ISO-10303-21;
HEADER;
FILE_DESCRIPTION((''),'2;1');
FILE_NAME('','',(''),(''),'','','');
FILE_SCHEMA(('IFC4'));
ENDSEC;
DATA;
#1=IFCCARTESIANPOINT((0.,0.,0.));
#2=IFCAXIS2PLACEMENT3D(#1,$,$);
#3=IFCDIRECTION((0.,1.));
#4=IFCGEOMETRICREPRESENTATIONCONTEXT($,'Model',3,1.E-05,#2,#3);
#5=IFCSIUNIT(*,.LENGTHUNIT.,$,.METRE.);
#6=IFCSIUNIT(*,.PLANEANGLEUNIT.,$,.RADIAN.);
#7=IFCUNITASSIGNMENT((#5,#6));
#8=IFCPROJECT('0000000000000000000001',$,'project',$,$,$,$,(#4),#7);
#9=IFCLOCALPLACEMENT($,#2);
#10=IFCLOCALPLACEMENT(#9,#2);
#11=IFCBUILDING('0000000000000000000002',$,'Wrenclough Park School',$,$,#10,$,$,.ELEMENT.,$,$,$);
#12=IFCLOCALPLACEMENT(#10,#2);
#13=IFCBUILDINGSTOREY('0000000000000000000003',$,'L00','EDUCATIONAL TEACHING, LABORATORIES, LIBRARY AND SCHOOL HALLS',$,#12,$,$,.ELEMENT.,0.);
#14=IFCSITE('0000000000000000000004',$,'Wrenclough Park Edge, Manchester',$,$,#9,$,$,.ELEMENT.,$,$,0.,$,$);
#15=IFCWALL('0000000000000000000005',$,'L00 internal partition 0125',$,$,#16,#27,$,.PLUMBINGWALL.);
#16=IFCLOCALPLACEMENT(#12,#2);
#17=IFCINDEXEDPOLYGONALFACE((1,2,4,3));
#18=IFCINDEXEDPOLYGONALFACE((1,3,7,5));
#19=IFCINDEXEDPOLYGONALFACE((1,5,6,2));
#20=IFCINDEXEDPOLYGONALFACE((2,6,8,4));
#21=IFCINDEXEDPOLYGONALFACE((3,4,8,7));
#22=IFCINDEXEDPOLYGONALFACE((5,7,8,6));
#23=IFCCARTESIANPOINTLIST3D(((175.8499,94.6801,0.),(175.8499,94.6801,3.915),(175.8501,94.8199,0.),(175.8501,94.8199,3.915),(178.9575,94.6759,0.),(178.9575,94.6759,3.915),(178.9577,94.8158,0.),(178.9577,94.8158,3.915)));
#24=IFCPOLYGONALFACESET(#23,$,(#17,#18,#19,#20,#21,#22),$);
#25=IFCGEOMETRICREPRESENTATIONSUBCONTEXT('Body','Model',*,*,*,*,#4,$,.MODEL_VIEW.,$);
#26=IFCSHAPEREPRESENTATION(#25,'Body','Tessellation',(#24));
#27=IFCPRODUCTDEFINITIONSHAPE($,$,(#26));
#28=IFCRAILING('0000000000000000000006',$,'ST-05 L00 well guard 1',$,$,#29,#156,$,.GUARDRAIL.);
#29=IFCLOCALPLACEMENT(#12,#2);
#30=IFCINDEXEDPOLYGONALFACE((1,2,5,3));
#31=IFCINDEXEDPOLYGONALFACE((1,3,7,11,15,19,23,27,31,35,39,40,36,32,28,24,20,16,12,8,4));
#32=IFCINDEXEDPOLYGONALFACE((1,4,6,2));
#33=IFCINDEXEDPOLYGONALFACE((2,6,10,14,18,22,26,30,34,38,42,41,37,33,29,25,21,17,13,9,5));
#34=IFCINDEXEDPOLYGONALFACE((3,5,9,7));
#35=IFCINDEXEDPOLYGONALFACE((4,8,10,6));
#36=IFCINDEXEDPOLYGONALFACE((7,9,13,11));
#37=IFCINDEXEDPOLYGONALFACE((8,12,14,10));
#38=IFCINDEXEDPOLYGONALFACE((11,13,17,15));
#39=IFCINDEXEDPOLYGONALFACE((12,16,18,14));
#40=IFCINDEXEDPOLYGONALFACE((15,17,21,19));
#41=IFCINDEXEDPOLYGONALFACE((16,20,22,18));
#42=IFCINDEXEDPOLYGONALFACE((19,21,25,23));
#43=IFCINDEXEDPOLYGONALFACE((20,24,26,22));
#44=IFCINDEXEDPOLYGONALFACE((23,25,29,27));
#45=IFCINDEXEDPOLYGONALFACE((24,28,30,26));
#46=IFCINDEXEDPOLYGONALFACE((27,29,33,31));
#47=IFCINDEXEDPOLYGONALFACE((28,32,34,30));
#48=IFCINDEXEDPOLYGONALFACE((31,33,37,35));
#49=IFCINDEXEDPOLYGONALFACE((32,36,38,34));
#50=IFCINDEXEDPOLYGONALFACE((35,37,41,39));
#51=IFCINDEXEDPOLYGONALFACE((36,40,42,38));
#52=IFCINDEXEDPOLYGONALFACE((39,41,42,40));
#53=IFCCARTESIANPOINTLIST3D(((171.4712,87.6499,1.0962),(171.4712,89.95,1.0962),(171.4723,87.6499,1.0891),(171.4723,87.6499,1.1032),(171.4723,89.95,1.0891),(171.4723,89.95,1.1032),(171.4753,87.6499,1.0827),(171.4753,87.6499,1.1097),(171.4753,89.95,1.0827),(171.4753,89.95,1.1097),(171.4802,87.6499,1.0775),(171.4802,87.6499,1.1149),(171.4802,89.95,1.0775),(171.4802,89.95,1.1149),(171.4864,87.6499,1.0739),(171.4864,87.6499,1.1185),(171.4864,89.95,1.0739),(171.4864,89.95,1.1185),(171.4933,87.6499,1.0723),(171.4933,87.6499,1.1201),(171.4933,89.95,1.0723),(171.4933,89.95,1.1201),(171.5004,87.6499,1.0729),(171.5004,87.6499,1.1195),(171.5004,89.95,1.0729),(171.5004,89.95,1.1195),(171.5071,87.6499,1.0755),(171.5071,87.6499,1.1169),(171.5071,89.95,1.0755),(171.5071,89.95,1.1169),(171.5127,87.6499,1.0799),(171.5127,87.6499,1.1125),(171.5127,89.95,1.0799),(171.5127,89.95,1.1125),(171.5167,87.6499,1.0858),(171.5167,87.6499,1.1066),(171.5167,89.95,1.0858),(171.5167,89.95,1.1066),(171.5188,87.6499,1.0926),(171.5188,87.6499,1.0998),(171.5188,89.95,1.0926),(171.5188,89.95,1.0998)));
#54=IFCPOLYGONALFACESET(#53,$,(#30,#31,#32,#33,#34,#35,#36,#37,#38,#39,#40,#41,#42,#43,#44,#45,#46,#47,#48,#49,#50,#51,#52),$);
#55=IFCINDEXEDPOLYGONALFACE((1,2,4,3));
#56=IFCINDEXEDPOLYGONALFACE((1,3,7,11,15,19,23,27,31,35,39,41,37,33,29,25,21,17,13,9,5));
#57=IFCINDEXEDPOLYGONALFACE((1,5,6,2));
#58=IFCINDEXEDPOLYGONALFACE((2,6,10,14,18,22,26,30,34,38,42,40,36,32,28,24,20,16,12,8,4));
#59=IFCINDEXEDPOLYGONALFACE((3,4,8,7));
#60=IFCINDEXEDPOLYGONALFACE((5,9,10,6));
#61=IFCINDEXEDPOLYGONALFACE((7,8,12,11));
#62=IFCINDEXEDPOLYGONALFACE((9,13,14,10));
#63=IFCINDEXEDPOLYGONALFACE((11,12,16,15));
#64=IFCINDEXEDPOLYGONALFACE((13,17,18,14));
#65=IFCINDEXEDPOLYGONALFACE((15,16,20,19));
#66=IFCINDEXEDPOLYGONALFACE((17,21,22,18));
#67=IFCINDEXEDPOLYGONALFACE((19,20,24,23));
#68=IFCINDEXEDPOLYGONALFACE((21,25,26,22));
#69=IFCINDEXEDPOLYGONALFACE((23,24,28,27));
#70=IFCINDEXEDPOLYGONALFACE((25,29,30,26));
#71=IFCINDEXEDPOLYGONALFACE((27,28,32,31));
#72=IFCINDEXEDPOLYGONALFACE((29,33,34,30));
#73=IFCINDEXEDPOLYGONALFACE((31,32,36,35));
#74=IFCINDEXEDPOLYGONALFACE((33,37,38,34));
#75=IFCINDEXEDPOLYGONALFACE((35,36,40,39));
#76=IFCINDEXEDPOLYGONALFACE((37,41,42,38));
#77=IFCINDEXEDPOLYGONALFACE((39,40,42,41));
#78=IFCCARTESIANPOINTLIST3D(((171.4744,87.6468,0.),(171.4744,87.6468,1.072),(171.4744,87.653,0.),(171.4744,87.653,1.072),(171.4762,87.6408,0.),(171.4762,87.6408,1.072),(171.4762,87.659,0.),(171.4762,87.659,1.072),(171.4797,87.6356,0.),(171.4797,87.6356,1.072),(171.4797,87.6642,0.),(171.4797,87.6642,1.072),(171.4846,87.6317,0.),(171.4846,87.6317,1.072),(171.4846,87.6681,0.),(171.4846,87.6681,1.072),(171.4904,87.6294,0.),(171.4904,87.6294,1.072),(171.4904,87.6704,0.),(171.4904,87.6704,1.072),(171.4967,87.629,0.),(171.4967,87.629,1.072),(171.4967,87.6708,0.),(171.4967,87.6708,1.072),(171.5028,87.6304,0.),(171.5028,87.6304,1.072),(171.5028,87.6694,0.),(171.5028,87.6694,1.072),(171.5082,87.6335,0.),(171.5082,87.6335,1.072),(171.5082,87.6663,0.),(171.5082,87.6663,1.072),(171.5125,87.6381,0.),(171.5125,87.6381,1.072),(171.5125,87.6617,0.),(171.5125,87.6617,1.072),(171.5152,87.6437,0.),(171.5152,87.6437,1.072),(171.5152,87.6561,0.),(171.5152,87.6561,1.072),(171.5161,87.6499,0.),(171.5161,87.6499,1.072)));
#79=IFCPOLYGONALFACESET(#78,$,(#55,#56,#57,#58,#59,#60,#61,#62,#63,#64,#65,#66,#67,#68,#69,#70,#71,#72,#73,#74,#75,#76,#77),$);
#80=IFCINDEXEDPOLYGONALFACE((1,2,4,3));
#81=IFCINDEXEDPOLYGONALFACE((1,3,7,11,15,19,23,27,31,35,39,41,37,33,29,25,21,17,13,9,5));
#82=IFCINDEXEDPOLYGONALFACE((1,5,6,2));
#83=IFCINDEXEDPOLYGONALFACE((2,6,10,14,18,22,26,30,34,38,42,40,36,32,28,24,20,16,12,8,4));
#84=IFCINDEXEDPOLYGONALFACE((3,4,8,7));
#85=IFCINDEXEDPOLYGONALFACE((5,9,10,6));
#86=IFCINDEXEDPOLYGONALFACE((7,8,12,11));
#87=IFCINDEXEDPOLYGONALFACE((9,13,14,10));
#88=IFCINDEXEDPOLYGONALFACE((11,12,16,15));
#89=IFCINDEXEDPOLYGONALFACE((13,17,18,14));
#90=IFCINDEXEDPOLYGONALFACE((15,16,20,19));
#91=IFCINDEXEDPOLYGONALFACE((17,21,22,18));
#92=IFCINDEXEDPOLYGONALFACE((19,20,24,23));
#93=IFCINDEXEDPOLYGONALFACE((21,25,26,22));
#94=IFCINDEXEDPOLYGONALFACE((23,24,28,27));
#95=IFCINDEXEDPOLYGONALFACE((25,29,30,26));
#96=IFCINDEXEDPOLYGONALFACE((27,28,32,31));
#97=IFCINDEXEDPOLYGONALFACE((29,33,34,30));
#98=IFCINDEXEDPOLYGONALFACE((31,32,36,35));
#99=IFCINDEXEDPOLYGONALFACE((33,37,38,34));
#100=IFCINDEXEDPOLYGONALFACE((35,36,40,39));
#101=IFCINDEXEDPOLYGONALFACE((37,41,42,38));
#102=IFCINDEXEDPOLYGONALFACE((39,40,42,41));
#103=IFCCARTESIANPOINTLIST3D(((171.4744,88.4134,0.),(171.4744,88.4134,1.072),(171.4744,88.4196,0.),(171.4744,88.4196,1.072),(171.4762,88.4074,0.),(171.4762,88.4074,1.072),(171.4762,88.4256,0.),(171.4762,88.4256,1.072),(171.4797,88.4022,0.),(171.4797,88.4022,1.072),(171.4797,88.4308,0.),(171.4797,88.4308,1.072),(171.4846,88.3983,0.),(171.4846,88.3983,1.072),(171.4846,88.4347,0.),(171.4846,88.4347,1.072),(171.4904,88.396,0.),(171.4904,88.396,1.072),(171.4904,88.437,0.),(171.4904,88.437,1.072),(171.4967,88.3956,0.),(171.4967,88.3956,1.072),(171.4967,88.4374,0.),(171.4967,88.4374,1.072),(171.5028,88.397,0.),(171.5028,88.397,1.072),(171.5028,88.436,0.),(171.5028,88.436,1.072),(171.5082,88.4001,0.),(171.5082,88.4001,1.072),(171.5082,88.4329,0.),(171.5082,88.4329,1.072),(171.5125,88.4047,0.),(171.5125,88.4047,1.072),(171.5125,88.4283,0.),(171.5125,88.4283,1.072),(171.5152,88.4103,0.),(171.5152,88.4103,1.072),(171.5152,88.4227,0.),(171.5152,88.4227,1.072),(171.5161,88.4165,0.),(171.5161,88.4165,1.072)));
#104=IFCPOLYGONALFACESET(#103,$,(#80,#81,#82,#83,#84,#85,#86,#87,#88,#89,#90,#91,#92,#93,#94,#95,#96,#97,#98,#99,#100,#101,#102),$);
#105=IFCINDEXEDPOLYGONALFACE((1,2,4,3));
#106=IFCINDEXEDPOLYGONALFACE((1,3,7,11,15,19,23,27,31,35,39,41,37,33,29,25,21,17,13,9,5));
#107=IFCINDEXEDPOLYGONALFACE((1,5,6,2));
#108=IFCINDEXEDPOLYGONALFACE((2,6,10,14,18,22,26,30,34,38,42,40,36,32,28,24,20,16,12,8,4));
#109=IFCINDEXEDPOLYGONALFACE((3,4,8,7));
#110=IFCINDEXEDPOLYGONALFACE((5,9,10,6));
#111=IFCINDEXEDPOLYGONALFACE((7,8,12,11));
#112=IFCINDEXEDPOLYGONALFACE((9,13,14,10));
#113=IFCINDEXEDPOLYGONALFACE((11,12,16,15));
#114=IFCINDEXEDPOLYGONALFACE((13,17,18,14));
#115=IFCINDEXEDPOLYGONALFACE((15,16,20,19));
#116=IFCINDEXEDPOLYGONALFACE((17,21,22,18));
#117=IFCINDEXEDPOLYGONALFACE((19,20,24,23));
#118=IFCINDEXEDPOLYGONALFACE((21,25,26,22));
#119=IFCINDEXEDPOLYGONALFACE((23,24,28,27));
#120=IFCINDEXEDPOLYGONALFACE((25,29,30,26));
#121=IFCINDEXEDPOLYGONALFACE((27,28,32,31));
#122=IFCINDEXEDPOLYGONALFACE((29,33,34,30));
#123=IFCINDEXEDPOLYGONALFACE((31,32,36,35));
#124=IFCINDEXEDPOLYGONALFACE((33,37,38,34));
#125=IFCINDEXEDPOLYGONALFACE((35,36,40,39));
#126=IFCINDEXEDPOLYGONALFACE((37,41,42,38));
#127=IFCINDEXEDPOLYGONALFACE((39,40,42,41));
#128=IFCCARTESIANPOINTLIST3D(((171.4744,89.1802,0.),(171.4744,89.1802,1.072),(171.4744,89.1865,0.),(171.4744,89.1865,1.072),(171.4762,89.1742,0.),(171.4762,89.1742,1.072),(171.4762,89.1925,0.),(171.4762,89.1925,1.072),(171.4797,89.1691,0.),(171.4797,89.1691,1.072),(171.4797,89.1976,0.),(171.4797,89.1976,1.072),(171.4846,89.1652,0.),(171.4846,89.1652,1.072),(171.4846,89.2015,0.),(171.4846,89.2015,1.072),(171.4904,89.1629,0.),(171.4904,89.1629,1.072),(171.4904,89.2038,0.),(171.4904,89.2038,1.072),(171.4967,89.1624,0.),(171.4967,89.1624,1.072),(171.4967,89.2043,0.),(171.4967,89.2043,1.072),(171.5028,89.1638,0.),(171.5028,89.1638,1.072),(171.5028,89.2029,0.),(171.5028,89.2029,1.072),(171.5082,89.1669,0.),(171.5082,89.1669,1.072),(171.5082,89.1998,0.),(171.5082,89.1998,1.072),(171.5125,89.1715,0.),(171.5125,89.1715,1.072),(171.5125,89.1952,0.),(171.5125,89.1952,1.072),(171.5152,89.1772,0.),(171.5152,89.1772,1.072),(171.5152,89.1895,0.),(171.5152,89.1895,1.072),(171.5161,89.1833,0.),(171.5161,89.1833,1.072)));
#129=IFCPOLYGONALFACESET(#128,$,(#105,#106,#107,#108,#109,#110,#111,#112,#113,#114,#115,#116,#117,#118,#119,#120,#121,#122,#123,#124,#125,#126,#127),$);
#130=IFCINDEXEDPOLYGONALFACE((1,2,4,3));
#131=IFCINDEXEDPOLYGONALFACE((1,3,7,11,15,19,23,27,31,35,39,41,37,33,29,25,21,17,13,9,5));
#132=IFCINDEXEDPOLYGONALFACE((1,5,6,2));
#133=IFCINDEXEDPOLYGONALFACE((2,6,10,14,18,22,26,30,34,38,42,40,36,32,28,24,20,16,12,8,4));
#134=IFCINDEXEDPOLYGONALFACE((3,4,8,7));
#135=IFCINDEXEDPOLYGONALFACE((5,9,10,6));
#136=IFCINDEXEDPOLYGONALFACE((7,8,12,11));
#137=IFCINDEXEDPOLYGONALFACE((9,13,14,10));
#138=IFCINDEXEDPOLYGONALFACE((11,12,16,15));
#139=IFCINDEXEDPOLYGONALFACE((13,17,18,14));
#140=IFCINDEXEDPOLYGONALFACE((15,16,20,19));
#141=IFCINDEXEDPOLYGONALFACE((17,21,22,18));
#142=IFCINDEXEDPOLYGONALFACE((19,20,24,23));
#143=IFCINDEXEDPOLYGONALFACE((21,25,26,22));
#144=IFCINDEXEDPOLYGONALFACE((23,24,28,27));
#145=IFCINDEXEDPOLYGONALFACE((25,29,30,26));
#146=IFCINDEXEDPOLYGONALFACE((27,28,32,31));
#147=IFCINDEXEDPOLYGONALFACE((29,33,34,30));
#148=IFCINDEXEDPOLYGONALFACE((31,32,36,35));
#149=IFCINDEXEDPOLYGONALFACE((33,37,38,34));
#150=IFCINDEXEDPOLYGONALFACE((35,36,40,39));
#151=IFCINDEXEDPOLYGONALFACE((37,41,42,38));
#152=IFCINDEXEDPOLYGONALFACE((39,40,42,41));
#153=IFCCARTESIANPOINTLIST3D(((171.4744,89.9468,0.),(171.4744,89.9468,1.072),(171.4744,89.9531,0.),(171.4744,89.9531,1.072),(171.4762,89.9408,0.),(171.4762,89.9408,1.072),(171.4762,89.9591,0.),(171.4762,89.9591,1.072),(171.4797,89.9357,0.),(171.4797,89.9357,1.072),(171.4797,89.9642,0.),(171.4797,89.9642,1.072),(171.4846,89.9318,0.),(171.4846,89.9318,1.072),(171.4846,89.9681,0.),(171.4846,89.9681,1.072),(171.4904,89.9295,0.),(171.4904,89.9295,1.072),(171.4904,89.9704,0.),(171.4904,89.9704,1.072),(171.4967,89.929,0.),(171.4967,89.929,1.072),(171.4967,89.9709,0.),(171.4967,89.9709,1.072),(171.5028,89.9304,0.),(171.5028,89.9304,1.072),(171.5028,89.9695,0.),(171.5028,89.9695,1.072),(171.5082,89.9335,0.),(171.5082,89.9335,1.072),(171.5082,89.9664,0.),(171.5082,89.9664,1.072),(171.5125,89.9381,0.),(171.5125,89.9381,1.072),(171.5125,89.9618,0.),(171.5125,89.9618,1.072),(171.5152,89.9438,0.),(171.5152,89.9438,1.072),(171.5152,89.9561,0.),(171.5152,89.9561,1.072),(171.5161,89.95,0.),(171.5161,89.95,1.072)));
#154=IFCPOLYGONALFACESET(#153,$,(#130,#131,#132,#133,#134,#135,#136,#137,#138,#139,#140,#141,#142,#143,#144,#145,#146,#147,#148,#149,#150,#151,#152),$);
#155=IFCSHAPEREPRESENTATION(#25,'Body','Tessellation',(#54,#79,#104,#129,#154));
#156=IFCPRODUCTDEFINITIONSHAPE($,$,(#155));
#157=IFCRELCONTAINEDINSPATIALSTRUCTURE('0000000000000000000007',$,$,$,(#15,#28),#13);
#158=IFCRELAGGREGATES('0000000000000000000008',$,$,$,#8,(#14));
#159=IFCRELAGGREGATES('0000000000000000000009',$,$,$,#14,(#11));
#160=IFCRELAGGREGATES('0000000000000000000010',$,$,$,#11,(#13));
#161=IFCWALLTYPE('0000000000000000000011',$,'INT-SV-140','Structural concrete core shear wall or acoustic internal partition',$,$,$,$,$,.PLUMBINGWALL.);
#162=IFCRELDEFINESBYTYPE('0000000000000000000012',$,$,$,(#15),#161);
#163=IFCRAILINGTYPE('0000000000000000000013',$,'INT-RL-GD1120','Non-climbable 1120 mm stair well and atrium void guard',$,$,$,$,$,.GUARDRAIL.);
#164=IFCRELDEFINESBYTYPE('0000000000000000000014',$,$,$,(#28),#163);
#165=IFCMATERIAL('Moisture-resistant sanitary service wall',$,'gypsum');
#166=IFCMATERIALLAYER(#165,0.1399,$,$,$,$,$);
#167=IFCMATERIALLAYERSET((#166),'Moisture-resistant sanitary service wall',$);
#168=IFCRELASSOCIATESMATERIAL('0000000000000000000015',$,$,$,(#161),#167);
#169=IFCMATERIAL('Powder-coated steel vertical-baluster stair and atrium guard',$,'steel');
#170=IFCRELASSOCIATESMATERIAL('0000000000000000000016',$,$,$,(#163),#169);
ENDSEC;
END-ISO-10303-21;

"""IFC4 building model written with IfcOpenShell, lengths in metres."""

from ifc_helpers import new_model, si_unit, direction, frame, frame_2d, origin, origin_2d, place, context, subcontext, project, spatial, rectangle, circle, extrude, material, layer, layer_set, type_object, element, save


model = new_model("IFC4")

# Units and contexts
model_context = context("Model", 3, precision=1e-05, world=origin(), true_north=direction((0.0, 1.0)))
body_context = subcontext(model_context, "Body", "Model", "MODEL_VIEW")
ifc_project = project(units=[si_unit("LENGTHUNIT", "METRE"), si_unit("PLANEANGLEUNIT", "RADIAN")], contexts=[model_context])

# Site, building, storey
site_placement = place(None, origin())
site = spatial("IfcSite", under=ifc_project, at=site_placement, Name="Wrenclough Park Edge, Manchester", CompositionType="ELEMENT", RefElevation=0.0)
building_placement = place(site_placement, origin())
building = spatial("IfcBuilding", under=site, at=building_placement, Name="Wrenclough Park School", CompositionType="ELEMENT")
storey_placement = place(building_placement, origin())
storey = spatial("IfcBuildingStorey", under=building, at=storey_placement, Name="L00", Description="EDUCATIONAL TEACHING, LABORATORIES, LIBRARY AND SCHOOL HALLS", CompositionType="ELEMENT", Elevation=0.0)

# Wall
ifc_material_1 = material(Name="Moisture-resistant sanitary service wall", Category="gypsum")
ifc_layer_1 = layer(ifc_material_1, 0.1399)
ifc_layer_set_1 = layer_set([ifc_layer_1], Name="Moisture-resistant sanitary service wall")
wall_type_1 = type_object("IfcWallType", Name="INT-SV-140", Description="Structural concrete core shear wall or acoustic internal partition", PredefinedType="PLUMBINGWALL", material=ifc_layer_set_1)
wall_1_placement = place(storey_placement, frame((175.8501, 94.75, 0.0), z_axis=(0.0, 0.0, 1.0), x_axis=(0.999999, -0.001336, 0.0)))
element("IfcWall", 1, at=wall_1_placement, inside=storey, type_object=wall_type_1, Name="L00 internal partition 0125", PredefinedType="PLUMBINGWALL", context=body_context, shape_type="SweptSolid", body=[
    extrude(rectangle(XDim=3.1077, YDim=0.1399, at=frame_2d((1.5537, 0.0))), origin(), (0.0, 0.0, 1.0), 3.915),
])

# Railing
ifc_material_2 = material(Name="Powder-coated steel vertical-baluster stair and atrium guard", Category="steel")
railing_type_1 = type_object("IfcRailingType", Name="INT-RL-GD1120", Description="Non-climbable 1120 mm stair well and atrium void guard", PredefinedType="GUARDRAIL", material=ifc_material_2)
railing_1_placement = place(storey_placement, frame((171.4951, 87.6499, 0.0)))
element("IfcRailing", 2, at=railing_1_placement, inside=storey, type_object=railing_type_1, Name="ST-05 L00 well guard 1", PredefinedType="GUARDRAIL", context=body_context, shape_type="SweptSolid", body=[
    extrude(circle(Radius=0.0239, at=origin_2d()), frame((0.0, 0.0, 1.0962), z_axis=(0.0, 1.0, 0.0), x_axis=(-1.0, 0.0, 0.0)), (0.0, 0.0, 1.0), 2.3),
    extrude(circle(Radius=0.021, at=origin_2d()), origin(), (0.0, 0.0, 1.0), 1.072),
    extrude(circle(Radius=0.021, at=origin_2d()), frame((0.0, 0.7666, 0.0)), (0.0, 0.0, 1.0), 1.072),
    extrude(circle(Radius=0.021, at=origin_2d()), frame((0.0, 1.5334, 0.0)), (0.0, 0.0, 1.0), 1.072),
    extrude(circle(Radius=0.021, at=origin_2d()), frame((0.0, 2.3, 0.0)), (0.0, 0.0, 1.0), 1.072),
])

save(model, "model.ifc")
